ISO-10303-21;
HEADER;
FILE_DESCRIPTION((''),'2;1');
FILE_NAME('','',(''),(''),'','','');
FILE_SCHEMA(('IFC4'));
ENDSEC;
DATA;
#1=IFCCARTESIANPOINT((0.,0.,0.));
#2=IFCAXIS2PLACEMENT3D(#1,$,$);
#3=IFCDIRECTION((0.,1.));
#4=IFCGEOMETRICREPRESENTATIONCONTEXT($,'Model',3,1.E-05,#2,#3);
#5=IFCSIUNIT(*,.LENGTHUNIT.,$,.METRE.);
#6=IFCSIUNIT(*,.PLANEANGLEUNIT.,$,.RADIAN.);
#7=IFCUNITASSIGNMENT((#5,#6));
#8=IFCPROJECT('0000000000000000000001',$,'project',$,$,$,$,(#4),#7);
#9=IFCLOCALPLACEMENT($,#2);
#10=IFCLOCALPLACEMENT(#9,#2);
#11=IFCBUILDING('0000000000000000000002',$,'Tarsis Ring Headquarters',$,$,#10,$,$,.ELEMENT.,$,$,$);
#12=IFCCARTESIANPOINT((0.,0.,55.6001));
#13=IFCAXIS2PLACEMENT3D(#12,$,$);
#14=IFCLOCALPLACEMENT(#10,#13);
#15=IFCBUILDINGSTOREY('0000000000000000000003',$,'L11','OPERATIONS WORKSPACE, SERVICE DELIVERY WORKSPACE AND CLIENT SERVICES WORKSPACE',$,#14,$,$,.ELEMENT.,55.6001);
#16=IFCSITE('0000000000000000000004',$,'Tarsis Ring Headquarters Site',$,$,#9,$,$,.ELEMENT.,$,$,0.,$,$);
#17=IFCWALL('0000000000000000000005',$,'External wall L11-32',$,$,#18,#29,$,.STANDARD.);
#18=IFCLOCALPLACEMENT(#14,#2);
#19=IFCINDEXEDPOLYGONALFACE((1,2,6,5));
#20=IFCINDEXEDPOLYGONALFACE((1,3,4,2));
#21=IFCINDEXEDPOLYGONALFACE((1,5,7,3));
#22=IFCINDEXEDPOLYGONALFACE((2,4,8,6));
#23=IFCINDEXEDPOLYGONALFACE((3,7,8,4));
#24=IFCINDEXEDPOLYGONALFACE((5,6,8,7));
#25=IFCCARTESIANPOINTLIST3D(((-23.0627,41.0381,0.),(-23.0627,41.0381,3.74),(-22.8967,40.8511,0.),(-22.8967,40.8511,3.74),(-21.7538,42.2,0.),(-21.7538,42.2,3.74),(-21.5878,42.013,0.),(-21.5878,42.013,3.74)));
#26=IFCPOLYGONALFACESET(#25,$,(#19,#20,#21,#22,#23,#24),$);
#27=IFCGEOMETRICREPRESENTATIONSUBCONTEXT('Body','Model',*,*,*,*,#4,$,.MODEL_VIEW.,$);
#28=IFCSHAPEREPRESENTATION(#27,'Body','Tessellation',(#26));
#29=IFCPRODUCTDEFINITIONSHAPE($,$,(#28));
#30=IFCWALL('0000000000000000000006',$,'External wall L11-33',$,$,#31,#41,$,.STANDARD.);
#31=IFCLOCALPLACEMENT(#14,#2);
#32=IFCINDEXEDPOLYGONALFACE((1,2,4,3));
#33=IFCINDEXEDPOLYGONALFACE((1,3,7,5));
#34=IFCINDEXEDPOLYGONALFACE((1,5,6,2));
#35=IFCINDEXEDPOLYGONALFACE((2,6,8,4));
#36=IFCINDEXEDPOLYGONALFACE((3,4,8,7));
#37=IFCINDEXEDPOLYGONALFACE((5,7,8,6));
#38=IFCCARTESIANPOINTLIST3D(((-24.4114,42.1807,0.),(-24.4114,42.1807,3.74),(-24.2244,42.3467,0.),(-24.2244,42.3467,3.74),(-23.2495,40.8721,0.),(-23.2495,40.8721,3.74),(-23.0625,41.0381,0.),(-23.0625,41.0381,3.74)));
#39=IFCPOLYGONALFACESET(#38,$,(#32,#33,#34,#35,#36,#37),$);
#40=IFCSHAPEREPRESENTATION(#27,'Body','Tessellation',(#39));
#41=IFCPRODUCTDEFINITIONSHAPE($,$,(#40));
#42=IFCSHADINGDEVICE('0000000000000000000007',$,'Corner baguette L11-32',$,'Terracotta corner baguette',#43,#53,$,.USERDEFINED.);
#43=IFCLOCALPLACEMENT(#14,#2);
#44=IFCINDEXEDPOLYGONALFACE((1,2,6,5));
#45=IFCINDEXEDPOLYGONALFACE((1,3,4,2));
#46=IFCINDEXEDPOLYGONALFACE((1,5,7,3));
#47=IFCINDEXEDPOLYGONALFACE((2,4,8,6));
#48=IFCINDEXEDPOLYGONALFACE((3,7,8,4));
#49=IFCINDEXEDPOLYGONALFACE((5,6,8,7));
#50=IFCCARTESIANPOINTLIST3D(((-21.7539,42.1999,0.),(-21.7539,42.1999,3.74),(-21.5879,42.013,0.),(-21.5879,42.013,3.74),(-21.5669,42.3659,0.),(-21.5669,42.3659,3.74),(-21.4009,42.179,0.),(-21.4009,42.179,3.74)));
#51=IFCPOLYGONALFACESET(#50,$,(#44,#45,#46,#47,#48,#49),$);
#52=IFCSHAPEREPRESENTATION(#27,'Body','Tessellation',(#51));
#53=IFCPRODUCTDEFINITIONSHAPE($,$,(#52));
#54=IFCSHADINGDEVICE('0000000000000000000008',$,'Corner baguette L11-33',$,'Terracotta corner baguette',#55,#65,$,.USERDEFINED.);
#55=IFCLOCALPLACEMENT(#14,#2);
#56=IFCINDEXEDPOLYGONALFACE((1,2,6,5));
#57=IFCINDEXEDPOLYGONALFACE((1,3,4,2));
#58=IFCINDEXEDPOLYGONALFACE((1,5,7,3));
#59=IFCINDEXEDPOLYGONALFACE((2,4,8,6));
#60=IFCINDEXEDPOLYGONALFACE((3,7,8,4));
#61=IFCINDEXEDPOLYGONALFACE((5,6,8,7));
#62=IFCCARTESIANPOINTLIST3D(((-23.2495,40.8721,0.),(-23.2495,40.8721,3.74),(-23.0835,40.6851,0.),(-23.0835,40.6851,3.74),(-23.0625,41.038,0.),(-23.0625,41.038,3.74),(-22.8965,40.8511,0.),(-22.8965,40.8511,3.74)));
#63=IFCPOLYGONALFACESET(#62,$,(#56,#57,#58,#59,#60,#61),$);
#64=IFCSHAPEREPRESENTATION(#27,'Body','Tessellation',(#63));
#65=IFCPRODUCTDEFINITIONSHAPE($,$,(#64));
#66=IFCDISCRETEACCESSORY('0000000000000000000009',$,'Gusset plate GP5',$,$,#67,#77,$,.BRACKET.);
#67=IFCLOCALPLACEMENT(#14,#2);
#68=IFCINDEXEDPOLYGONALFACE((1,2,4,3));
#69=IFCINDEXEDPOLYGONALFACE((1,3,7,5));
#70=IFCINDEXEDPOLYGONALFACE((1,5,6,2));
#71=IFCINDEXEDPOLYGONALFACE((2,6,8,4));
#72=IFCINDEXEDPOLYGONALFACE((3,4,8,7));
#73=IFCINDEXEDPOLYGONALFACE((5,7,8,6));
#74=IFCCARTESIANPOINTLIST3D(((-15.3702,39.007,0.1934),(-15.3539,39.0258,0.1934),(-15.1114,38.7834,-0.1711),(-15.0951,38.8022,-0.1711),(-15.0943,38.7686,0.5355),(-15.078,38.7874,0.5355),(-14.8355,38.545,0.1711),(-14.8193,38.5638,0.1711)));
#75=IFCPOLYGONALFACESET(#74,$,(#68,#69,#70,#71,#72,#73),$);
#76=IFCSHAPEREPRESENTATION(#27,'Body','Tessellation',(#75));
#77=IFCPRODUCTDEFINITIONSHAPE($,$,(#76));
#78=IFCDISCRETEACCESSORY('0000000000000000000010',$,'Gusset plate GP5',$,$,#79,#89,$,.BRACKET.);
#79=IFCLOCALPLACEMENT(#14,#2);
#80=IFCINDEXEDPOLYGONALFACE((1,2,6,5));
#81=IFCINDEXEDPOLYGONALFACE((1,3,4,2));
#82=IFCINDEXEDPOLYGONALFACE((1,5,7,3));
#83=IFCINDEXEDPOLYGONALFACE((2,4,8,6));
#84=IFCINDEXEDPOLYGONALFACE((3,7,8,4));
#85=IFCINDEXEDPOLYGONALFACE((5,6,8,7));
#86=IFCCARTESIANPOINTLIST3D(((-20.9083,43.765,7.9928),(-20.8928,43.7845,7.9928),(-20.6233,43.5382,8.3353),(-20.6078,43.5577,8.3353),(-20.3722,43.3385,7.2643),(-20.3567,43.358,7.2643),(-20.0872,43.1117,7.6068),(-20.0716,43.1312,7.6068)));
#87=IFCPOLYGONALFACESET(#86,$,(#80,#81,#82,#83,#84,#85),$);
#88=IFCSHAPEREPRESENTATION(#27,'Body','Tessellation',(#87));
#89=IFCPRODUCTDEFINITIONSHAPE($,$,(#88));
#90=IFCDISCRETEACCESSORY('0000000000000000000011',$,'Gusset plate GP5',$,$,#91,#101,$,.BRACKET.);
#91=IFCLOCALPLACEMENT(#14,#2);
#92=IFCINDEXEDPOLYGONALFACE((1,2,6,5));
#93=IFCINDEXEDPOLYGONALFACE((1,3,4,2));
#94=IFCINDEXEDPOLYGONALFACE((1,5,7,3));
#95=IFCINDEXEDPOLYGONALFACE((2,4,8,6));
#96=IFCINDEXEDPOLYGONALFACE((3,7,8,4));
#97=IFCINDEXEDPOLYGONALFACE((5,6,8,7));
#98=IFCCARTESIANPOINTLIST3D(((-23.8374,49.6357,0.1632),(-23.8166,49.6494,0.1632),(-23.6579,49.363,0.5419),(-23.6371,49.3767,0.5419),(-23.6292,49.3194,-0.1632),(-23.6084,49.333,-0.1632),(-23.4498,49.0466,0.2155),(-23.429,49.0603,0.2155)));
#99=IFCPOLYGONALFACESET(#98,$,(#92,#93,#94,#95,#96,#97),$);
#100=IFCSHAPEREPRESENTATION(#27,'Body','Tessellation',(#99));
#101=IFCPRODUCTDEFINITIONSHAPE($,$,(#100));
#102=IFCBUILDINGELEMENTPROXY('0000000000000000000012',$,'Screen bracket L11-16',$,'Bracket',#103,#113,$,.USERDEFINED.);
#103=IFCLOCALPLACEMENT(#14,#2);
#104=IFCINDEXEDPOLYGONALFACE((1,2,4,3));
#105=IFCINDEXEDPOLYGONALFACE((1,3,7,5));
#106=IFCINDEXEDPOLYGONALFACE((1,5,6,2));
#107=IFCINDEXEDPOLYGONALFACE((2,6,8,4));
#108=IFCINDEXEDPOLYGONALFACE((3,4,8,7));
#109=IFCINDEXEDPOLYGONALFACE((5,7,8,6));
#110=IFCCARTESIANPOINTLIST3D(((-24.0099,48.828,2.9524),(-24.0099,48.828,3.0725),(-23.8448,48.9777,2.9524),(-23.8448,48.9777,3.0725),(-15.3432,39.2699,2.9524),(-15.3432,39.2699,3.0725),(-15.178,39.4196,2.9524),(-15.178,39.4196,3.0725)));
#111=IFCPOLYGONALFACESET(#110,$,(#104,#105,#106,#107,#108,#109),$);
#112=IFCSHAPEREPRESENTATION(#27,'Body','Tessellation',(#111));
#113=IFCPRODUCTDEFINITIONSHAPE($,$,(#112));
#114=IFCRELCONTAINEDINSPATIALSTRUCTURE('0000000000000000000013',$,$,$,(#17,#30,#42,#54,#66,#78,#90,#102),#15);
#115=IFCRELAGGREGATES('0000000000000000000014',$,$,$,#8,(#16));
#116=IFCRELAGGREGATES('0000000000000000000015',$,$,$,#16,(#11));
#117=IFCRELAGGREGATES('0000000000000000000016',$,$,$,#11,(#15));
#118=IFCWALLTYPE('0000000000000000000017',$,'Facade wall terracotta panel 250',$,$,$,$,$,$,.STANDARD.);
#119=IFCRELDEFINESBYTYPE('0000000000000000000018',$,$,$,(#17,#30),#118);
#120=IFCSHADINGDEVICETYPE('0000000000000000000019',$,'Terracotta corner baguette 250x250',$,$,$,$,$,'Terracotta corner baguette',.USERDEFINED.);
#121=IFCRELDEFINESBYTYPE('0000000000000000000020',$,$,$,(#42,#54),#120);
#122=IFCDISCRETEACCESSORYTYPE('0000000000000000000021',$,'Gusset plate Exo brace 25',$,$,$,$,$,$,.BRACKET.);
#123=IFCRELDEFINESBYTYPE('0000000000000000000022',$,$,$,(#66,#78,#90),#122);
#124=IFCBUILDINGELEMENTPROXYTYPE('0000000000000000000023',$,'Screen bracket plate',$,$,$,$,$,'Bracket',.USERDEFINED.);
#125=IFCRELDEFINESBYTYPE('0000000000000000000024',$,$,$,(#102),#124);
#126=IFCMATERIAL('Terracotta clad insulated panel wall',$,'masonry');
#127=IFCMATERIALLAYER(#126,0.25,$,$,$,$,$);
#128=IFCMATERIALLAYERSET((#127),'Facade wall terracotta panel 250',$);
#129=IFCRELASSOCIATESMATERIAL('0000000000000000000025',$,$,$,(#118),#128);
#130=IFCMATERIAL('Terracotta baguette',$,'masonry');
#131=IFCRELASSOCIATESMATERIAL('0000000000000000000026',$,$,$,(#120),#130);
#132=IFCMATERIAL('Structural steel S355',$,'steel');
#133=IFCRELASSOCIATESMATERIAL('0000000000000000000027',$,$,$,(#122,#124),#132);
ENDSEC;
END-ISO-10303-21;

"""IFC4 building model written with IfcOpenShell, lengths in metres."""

from ifc_helpers import new_model, si_unit, direction, frame, frame_2d, origin, origin_2d, place, context, subcontext, project, spatial, rectangle, extrude, material, layer, layer_set, material_profile, profile_set, type_object, element, save


model = new_model("IFC4")

# Units and contexts
model_context = context("Model", 3, precision=1e-05, world=origin(), true_north=direction((0.0, 1.0)))
body_context = subcontext(model_context, "Body", "Model", "MODEL_VIEW")
ifc_project = project(units=[si_unit("LENGTHUNIT", "METRE"), si_unit("PLANEANGLEUNIT", "RADIAN")], contexts=[model_context])

# Site, building, storey
site_placement = place(None, origin())
site = spatial("IfcSite", under=ifc_project, at=site_placement, Name="Tarsis Ring Headquarters Site", CompositionType="ELEMENT", RefElevation=0.0)
building_placement = place(site_placement, origin())
building = spatial("IfcBuilding", under=site, at=building_placement, Name="Tarsis Ring Headquarters", CompositionType="ELEMENT")
storey_placement = place(building_placement, frame((0.0, 0.0, 55.6001)))
storey = spatial("IfcBuildingStorey", under=building, at=storey_placement, Name="L11", Description="OPERATIONS WORKSPACE, SERVICE DELIVERY WORKSPACE AND CLIENT SERVICES WORKSPACE", CompositionType="ELEMENT", Elevation=55.6001)

# Shared definitions
ifc_material_1 = material(Name="Structural steel S355", Category="steel")

# Walls
ifc_material_2 = material(Name="Terracotta clad insulated panel wall", Category="masonry")
ifc_layer = layer(ifc_material_2, 0.25)
ifc_layer_set = layer_set([ifc_layer], Name="Facade wall terracotta panel 250")
wall_type = type_object("IfcWallType", Name="Facade wall terracotta panel 250", PredefinedType="STANDARD", material=ifc_layer_set)
wall_1_placement = place(storey_placement, frame((-21.6709, 42.1064, 0.0), z_axis=(0.0, 0.0, 1.0), x_axis=(-0.747848, -0.66387, 0.0)))
element("IfcWall", 1, at=wall_1_placement, inside=storey, type_object=wall_type, Name="External wall L11-32", PredefinedType="STANDARD", context=body_context, shape_type="SweptSolid", body=[
    extrude(rectangle(XDim=1.7502, YDim=0.25, at=frame_2d((0.875, 0.0))), origin(), (0.0, 0.0, 1.0), 3.74),
])
wall_2_placement = place(storey_placement, frame((-23.156, 40.9551, 0.0), z_axis=(0.0, 0.0, 1.0), x_axis=(-0.663939, 0.747786, 0.0)))
element("IfcWall", 2, at=wall_2_placement, inside=storey, type_object=wall_type, Name="External wall L11-33", PredefinedType="STANDARD", context=body_context, shape_type="SweptSolid", body=[
    extrude(rectangle(XDim=1.75, YDim=0.25, at=frame_2d((0.875, 0.0))), origin(), (0.0, 0.0, 1.0), 3.74),
])

# Shading devices
ifc_material_3 = material(Name="Terracotta baguette", Category="masonry")
shading_device_type_1 = type_object("IfcShadingDeviceType", Name="Terracotta corner baguette 250x250", ElementType="Terracotta corner baguette", PredefinedType="USERDEFINED", material=ifc_material_3)
for number, where, z_axis, x_axis, name in (
    (3, (-21.5774, 42.1895, 0.0), (0.0, 0.0, 1.0), (-0.663926, 0.747798, 0.0), "Corner baguette L11-32"),
    (4, (-23.073, 40.8616, 0.0), (0.0, 0.0, 1.0), (-0.747798, -0.663926, 0.0), "Corner baguette L11-33"),
):
    element("IfcShadingDevice", number, at=place(storey_placement, frame(where, z_axis=z_axis, x_axis=x_axis)), inside=storey, type_object=shading_device_type_1, Name=name, ObjectType="Terracotta corner baguette", PredefinedType="USERDEFINED", context=body_context, shape_type="SweptSolid", body=[
        extrude(rectangle(XDim=0.25, YDim=0.25, at=origin_2d()), origin(), (0.0, 0.0, 1.0), 3.74),
    ])

# Discrete accessories
ifc_material_profile_1 = material_profile(ifc_material_1, rectangle(XDim=0.0249, YDim=0.5, at=origin_2d()), Name="PL 25x500")
ifc_profile_set_1 = profile_set([ifc_material_profile_1], Name="Structural steel S355")
discrete_accessory_type = type_object("IfcDiscreteAccessoryType", Name="Gusset plate Exo brace 25", PredefinedType="BRACKET", material=ifc_profile_set_1)
discrete_accessory_1_placement = place(storey_placement, frame((-14.9653, 38.6736, 0.0), z_axis=(-0.517739, 0.447404, 0.72923), x_axis=(-0.653843, -0.75663, 0.0)))
element("IfcDiscreteAccessory", 5, at=discrete_accessory_1_placement, inside=storey, type_object=discrete_accessory_type, Name="Gusset plate GP5", PredefinedType="BRACKET", context=body_context, shape_type="SweptSolid", body=[
    extrude(rectangle(XDim=0.0249, YDim=0.5, at=origin_2d()), origin(), (0.0, 0.0, 1.0), 0.4998),
])
discrete_accessory_2_placement = place(storey_placement, frame((-20.2219, 43.2349, 7.4355), z_axis=(-0.536109, 0.426495, 0.728484), x_axis=(-0.622563, -0.782569, 0.0)))
element("IfcDiscreteAccessory", 6, at=discrete_accessory_2_placement, inside=storey, type_object=discrete_accessory_type, Name="Gusset plate GP5", PredefinedType="BRACKET", context=body_context, shape_type="SweptSolid", body=[
    extrude(rectangle(XDim=0.0249, YDim=0.5, at=origin_2d()), origin(), (0.0, 0.0, 1.0), 1.0),
])
discrete_accessory_3_placement = place(storey_placement, frame((-23.7229, 49.4844, 0.0), z_axis=(0.35892, -0.545461, 0.757395), x_axis=(0.835372, 0.549685, 0.0)))
element("IfcDiscreteAccessory", 7, at=discrete_accessory_3_placement, inside=storey, type_object=discrete_accessory_type, Name="Gusset plate GP5", PredefinedType="BRACKET", context=body_context, shape_type="SweptSolid", body=[
    extrude(rectangle(XDim=0.0249, YDim=0.5, at=origin_2d()), origin(), (0.0, 0.0, 1.0), 0.5),
])

# Building element proxy
building_element_proxy_type = type_object("IfcBuildingElementProxyType", Name="Screen bracket plate", ElementType="Bracket", PredefinedType="USERDEFINED", material=ifc_material_1)
proxy_placement = place(storey_placement, frame((-19.594, 44.1238, 2.9524), z_axis=(0.0, 0.0, 1.0), x_axis=(-0.671721, 0.740805, 0.0)))
element("IfcBuildingElementProxy", 8, at=proxy_placement, inside=storey, type_object=building_element_proxy_type, Name="Screen bracket L11-16", ObjectType="Bracket", PredefinedType="USERDEFINED", context=body_context, shape_type="SweptSolid", body=[
    extrude(rectangle(XDim=12.9023, YDim=0.2229, at=origin_2d()), origin(), (0.0, 0.0, 1.0), 0.1201),
])

save(model, "model.ifc")
